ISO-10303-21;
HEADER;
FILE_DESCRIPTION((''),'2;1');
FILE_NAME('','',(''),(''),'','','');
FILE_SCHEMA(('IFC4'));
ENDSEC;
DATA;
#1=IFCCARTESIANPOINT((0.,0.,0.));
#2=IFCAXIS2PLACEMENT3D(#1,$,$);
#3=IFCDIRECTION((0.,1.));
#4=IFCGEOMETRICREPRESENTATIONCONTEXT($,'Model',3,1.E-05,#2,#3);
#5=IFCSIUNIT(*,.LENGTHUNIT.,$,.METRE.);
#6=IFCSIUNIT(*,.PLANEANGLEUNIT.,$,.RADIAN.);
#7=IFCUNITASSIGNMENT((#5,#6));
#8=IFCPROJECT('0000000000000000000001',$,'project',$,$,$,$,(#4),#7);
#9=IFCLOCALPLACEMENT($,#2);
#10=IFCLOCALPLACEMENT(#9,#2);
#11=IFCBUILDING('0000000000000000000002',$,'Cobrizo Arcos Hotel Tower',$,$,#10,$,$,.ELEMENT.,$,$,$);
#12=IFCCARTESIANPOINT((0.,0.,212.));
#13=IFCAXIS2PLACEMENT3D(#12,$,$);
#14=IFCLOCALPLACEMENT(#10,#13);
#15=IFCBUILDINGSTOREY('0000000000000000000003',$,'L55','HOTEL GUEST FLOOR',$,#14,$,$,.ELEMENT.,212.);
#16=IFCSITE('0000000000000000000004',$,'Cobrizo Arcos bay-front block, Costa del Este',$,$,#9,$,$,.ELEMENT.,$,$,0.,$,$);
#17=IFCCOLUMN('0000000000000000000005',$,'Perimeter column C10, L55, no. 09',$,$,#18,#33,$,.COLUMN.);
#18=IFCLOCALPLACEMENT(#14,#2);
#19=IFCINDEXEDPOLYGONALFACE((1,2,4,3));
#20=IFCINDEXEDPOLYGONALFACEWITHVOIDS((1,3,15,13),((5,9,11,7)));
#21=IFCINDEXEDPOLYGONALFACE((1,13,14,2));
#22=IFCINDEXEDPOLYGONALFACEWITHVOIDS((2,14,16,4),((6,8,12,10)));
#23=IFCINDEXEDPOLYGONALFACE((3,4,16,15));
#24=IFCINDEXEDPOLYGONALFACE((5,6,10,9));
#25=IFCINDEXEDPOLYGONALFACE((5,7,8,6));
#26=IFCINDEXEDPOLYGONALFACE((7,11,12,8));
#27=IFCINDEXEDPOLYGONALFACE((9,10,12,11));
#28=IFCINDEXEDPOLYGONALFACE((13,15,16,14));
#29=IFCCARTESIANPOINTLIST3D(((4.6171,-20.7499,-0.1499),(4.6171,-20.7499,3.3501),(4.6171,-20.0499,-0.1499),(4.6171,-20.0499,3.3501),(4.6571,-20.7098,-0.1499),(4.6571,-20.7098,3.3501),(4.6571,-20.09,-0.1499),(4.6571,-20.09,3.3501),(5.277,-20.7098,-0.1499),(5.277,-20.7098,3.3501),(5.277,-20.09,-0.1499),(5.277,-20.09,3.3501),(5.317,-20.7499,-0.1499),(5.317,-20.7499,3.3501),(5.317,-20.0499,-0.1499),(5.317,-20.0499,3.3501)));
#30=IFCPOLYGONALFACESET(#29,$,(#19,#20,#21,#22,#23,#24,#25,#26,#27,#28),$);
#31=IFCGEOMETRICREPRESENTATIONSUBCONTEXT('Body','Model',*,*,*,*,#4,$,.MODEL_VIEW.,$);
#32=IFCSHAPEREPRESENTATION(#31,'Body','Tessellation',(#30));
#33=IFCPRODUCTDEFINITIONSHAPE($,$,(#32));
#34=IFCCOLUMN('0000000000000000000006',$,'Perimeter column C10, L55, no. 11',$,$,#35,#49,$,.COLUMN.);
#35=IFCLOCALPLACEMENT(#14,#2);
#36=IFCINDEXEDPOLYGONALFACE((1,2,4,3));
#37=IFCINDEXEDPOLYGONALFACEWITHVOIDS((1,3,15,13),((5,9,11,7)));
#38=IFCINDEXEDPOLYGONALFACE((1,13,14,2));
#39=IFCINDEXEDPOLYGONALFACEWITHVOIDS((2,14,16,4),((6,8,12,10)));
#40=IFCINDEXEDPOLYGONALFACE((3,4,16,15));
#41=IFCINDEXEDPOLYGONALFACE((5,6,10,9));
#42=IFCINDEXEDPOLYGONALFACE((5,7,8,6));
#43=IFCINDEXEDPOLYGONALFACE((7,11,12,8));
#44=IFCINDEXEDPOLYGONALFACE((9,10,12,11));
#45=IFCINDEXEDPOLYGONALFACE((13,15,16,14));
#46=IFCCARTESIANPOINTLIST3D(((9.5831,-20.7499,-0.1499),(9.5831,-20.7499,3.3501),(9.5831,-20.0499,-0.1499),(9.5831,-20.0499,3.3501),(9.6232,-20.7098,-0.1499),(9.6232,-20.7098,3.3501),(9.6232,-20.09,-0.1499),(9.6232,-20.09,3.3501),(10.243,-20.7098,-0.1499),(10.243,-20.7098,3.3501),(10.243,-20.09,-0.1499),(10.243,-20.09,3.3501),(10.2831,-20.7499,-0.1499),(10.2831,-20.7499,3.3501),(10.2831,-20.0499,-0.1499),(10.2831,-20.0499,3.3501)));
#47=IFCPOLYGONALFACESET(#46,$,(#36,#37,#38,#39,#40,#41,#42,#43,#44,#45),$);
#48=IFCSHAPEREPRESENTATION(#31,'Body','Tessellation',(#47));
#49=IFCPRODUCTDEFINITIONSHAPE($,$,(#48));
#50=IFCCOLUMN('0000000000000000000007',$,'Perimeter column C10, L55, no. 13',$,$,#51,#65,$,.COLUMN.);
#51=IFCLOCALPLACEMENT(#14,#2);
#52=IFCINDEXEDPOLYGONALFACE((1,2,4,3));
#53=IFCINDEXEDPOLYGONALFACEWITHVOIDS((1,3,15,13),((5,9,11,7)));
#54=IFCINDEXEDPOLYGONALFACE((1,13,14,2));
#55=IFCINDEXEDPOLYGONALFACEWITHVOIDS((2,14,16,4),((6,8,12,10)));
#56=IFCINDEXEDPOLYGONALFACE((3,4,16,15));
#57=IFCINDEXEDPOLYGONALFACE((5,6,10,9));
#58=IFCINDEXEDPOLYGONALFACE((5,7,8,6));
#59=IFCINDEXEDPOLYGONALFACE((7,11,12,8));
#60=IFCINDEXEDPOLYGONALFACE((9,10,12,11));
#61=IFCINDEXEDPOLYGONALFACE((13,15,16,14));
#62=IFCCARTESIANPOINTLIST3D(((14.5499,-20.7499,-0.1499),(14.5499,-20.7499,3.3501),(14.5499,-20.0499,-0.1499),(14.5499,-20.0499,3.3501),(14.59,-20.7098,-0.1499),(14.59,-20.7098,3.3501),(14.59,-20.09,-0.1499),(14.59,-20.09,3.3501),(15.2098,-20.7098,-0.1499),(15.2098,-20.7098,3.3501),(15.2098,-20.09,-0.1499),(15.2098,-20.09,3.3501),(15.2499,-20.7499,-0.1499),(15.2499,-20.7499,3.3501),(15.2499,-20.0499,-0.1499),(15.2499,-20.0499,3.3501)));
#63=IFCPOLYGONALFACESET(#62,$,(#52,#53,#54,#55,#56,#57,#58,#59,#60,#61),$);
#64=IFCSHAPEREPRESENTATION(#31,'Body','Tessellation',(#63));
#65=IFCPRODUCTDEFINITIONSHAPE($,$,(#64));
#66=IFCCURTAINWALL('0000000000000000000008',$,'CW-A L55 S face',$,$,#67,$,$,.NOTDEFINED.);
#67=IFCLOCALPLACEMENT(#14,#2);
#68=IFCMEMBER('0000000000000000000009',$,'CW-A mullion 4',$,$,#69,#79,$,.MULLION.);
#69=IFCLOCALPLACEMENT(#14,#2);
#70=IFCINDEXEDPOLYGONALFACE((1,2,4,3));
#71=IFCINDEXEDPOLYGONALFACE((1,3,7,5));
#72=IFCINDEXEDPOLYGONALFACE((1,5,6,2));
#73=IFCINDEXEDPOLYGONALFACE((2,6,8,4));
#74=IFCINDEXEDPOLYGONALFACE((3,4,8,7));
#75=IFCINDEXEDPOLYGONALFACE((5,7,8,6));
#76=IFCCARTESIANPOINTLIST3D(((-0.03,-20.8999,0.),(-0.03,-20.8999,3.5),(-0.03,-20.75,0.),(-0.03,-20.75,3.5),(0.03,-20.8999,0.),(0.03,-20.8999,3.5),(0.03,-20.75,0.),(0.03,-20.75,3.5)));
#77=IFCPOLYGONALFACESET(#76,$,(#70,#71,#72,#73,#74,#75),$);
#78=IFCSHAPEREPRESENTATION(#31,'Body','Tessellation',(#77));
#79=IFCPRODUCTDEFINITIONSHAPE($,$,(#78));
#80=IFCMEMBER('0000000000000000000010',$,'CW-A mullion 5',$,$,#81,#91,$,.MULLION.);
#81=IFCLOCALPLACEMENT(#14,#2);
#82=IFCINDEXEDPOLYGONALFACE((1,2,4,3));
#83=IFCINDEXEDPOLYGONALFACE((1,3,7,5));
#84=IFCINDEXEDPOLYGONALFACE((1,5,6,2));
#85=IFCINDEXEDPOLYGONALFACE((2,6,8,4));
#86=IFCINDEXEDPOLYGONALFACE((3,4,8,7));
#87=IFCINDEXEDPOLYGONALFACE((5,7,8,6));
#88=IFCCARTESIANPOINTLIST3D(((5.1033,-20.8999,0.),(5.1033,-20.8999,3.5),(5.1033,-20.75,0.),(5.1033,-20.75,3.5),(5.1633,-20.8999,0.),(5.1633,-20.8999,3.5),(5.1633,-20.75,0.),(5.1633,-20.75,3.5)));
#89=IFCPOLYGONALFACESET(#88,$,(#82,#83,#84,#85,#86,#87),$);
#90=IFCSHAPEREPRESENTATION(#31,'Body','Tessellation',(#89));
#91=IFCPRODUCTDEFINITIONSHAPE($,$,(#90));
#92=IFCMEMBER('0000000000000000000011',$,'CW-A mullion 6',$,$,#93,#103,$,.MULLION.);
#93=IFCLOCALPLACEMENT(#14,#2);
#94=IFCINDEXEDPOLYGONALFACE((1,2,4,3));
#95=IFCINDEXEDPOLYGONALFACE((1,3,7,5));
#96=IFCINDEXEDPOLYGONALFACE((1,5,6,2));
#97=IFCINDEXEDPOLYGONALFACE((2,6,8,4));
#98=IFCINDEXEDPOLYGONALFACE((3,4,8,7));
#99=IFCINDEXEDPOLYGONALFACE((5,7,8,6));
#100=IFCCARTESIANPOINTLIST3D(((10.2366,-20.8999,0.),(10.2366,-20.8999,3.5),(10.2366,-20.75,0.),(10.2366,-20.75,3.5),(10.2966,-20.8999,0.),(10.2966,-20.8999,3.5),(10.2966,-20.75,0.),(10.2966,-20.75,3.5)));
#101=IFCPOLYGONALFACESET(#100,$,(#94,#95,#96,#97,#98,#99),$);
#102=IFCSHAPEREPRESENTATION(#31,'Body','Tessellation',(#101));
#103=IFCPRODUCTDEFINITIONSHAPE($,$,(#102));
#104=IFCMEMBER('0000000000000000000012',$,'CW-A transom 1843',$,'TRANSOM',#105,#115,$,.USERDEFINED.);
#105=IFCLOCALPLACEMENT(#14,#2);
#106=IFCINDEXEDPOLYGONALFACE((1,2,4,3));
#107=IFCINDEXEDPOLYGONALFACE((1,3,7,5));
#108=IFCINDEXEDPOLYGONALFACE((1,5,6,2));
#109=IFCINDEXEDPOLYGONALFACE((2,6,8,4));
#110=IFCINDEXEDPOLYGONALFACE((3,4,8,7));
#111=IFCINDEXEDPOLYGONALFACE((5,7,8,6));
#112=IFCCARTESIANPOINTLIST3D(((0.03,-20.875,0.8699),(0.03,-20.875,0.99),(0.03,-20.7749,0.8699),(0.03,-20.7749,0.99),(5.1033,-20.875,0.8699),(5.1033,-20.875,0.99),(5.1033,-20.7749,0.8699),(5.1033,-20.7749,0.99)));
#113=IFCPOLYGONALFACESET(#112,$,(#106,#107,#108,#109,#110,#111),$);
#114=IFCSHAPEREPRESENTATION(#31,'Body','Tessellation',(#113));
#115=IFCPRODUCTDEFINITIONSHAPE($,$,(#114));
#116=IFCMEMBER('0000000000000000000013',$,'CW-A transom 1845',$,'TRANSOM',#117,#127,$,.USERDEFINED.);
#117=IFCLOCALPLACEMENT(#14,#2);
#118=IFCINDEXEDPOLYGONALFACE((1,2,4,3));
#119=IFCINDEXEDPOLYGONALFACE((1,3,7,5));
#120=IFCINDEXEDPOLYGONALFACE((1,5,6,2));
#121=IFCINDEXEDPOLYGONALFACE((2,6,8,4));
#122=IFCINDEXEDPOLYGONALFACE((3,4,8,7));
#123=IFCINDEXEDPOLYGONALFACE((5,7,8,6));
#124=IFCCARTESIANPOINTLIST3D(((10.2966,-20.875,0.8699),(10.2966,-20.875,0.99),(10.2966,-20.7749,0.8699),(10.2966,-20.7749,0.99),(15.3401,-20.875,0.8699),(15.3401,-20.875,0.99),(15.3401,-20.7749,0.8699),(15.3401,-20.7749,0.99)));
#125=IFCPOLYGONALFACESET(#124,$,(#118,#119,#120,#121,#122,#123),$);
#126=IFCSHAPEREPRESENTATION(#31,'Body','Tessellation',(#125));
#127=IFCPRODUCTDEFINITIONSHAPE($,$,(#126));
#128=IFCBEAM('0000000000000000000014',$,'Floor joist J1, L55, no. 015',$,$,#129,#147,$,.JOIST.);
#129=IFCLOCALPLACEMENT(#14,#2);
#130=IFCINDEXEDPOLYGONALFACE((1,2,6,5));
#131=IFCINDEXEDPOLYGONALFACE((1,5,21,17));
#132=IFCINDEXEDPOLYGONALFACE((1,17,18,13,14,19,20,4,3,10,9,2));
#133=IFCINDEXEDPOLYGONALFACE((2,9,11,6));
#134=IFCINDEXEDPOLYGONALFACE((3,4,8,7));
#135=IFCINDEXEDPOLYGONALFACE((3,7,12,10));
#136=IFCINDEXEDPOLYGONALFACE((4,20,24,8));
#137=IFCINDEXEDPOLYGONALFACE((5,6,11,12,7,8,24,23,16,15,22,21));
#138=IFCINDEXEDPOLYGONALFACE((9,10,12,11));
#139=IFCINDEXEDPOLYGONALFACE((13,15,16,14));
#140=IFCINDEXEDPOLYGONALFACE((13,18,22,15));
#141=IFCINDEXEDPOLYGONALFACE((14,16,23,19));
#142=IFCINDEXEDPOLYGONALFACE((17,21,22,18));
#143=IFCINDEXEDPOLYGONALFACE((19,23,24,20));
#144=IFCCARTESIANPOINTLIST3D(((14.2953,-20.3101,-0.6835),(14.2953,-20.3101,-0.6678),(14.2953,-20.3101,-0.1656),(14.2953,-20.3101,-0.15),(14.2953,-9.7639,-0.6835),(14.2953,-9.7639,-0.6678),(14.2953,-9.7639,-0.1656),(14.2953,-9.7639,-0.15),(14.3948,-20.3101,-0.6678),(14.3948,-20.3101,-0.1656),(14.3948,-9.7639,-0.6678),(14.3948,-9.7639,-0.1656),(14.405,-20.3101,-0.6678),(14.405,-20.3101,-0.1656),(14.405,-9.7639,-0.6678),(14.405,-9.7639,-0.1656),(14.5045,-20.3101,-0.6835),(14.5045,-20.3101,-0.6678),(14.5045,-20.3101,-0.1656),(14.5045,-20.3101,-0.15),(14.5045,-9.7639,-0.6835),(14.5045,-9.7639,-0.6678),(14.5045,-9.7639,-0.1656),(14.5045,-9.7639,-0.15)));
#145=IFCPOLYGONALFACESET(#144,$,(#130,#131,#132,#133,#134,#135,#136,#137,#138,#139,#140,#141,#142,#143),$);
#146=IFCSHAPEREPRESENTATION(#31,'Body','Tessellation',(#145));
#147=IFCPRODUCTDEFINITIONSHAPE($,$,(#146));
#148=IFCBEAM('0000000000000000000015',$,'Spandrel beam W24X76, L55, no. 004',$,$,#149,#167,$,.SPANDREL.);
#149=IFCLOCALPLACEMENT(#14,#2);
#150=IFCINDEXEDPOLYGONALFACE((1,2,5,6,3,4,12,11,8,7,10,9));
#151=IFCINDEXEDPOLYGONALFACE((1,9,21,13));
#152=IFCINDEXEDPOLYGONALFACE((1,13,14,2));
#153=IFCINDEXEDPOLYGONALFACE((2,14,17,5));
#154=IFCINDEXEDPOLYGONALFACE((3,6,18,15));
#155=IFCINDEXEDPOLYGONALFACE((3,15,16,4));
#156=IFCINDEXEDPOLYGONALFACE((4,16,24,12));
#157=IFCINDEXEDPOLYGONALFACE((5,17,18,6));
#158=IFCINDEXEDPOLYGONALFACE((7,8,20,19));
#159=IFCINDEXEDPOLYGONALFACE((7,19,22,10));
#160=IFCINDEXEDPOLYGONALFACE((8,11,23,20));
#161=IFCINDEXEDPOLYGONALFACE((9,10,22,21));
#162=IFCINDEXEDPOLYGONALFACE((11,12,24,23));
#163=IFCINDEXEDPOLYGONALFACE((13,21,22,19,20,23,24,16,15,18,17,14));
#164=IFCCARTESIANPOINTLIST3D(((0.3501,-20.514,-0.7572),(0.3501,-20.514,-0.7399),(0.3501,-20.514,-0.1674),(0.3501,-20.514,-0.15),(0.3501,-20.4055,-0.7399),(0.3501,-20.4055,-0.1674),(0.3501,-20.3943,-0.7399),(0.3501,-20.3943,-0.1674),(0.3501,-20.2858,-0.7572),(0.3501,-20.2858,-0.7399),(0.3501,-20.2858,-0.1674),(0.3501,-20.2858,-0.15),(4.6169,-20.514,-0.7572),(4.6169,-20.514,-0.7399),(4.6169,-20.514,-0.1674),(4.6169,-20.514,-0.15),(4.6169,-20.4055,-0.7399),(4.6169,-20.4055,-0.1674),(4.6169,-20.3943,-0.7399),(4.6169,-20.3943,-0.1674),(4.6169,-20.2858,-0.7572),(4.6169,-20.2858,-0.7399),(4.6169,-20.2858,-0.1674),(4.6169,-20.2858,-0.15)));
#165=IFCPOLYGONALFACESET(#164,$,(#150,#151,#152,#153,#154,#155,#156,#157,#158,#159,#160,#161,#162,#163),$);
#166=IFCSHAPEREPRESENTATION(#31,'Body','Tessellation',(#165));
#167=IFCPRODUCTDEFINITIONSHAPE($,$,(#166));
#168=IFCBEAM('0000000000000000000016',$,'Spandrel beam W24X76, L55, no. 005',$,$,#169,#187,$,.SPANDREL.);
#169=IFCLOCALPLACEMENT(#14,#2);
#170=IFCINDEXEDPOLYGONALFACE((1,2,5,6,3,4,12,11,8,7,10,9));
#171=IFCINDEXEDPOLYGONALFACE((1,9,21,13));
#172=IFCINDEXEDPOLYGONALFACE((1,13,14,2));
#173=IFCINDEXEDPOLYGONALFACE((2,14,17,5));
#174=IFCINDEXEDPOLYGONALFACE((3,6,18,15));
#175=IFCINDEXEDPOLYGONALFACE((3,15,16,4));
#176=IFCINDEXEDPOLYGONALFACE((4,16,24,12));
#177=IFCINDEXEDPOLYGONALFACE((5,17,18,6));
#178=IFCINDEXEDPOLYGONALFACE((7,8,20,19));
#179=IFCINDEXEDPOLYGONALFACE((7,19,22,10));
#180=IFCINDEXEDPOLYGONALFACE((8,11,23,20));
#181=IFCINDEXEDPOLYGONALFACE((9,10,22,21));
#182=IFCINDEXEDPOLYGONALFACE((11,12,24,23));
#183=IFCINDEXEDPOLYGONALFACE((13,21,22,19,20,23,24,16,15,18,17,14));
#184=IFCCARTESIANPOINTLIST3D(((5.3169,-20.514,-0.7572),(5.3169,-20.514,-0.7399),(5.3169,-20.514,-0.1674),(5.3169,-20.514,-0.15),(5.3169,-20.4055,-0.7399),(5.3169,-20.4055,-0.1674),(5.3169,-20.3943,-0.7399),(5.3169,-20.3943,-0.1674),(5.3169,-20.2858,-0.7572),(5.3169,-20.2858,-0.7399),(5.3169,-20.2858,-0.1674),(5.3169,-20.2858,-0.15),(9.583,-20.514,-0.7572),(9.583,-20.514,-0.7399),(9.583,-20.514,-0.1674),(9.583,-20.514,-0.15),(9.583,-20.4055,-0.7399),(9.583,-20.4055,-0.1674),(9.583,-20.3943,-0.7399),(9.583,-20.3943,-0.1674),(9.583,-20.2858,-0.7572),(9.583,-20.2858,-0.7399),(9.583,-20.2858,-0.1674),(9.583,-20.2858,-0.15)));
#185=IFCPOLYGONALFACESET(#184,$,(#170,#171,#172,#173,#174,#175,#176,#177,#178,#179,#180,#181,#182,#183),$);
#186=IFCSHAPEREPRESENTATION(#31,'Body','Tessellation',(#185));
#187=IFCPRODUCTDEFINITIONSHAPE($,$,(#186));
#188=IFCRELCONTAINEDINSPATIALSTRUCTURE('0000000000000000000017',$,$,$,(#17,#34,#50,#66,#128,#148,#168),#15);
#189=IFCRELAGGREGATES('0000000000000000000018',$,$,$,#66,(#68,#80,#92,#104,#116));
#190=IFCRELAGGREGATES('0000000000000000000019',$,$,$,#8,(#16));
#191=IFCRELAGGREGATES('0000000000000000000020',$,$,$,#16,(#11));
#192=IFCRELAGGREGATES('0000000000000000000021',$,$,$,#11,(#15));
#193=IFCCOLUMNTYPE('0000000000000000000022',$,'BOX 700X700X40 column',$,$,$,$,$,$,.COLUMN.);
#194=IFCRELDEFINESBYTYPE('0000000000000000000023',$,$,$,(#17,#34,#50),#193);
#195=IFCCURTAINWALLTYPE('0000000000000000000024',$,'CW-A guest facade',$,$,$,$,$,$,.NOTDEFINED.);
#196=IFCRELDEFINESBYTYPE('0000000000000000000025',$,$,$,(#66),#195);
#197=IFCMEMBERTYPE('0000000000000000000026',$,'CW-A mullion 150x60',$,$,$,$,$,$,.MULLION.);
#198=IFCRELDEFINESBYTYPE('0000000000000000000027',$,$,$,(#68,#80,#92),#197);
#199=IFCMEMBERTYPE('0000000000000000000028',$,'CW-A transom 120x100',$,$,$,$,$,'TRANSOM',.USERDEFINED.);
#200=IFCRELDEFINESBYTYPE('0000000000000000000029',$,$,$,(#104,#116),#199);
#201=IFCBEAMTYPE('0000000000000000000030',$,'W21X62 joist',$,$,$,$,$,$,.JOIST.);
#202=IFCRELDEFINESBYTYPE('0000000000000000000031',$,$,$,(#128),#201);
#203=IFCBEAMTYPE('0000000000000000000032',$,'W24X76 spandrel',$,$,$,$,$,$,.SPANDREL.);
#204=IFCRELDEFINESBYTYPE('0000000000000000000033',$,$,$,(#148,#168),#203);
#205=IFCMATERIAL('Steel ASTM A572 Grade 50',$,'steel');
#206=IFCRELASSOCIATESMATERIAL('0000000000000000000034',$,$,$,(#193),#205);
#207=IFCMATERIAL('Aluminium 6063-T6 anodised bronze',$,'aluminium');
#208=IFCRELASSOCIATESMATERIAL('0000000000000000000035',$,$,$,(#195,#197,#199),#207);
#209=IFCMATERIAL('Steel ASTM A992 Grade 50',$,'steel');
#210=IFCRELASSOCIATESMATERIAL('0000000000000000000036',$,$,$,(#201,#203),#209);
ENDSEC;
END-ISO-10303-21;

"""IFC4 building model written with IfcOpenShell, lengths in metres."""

from ifc_helpers import new_model, si_unit, direction, frame, origin, origin_2d, place, context, subcontext, project, spatial, rectangle, hollow_rectangle, i_section, extrude, material, material_profile, profile_set, type_object, element, aggregate, save


model = new_model("IFC4")

# Units and contexts
model_context = context("Model", 3, precision=1e-05, world=origin(), true_north=direction((0.0, 1.0)))
body_context = subcontext(model_context, "Body", "Model", "MODEL_VIEW")
ifc_project = project(units=[si_unit("LENGTHUNIT", "METRE"), si_unit("PLANEANGLEUNIT", "RADIAN")], contexts=[model_context])

# Site, building, storey
site_placement = place(None, origin())
site = spatial("IfcSite", under=ifc_project, at=site_placement, Name="Cobrizo Arcos bay-front block, Costa del Este", CompositionType="ELEMENT", RefElevation=0.0)
building_placement = place(site_placement, origin())
building = spatial("IfcBuilding", under=site, at=building_placement, Name="Cobrizo Arcos Hotel Tower", CompositionType="ELEMENT")
storey_placement = place(building_placement, frame((0.0, 0.0, 212.0)))
storey = spatial("IfcBuildingStorey", under=building, at=storey_placement, Name="L55", Description="HOTEL GUEST FLOOR", CompositionType="ELEMENT", Elevation=212.0)

# Columns
ifc_material_1 = material(Name="Steel ASTM A572 Grade 50", Category="steel")
ifc_material_profile_1 = material_profile(ifc_material_1, hollow_rectangle(XDim=0.7, YDim=0.7, WallThickness=0.04, at=origin_2d()), Name="BOX 700X700X40")
ifc_profile_set_1 = profile_set([ifc_material_profile_1], Name="Steel ASTM A572 Grade 50")
column_type = type_object("IfcColumnType", Name="BOX 700X700X40 column", PredefinedType="COLUMN", material=ifc_profile_set_1)
for number, where, z_axis, x_axis, name in (
    (1, (4.967, -20.3999, -0.1499), (0.0, 0.0, 1.0), (1.0, 0.0, 0.0), "Perimeter column C10, L55, no. 09"),
    (2, (9.9331, -20.3999, -0.1499), (0.0, 0.0, 1.0), (1.0, 0.0, 0.0), "Perimeter column C10, L55, no. 11"),
    (3, (14.8999, -20.3999, -0.1499), (0.0, 0.0, 1.0), (1.0, 0.0, 0.0), "Perimeter column C10, L55, no. 13"),
):
    element("IfcColumn", number, at=place(storey_placement, frame(where, z_axis=z_axis, x_axis=x_axis)), inside=storey, type_object=column_type, Name=name, PredefinedType="COLUMN", context=body_context, shape_type="SweptSolid", body=[
        extrude(hollow_rectangle(XDim=0.7, YDim=0.7, WallThickness=0.04, at=origin_2d()), origin(), (0.0, 0.0, 1.0), 3.5),
    ])

# Curtain wall, members
ifc_material_2 = material(Name="Aluminium 6063-T6 anodised bronze", Category="aluminium")
curtain_wall_type = type_object("IfcCurtainWallType", Name="CW-A guest facade", PredefinedType="NOTDEFINED", material=ifc_material_2)
curtain_wall_placement = place(storey_placement, origin())
curtain_wall = element("IfcCurtainWall", 4, at=curtain_wall_placement, inside=storey, type_object=curtain_wall_type, Name="CW-A L55 S face", PredefinedType="NOTDEFINED")
ifc_material_profile_2 = material_profile(ifc_material_2, rectangle(XDim=0.1499, YDim=0.0601, at=origin_2d()), Name="CW-A mullion 150x60")
ifc_profile_set_2 = profile_set([ifc_material_profile_2], Name="Aluminium 6063-T6 anodised bronze")
member_type_1 = type_object("IfcMemberType", Name="CW-A mullion 150x60", PredefinedType="MULLION", material=ifc_profile_set_2)
member_1_placement = place(storey_placement, frame((0.0, -20.825, 0.0), z_axis=(0.0, 0.0, 1.0), x_axis=(0.0, -1.0, 0.0)))
member_1 = element("IfcMember", 5, at=member_1_placement, type_object=member_type_1, Name="CW-A mullion 4", PredefinedType="MULLION", context=body_context, shape_type="SweptSolid", body=[
    extrude(rectangle(XDim=0.1499, YDim=0.0601, at=origin_2d()), origin(), (0.0, 0.0, 1.0), 3.5),
])
member_2_placement = place(storey_placement, frame((5.1333, -20.825, 0.0), z_axis=(0.0, 0.0, 1.0), x_axis=(0.0, -1.0, 0.0)))
member_2 = element("IfcMember", 6, at=member_2_placement, type_object=member_type_1, Name="CW-A mullion 5", PredefinedType="MULLION", context=body_context, shape_type="SweptSolid", body=[
    extrude(rectangle(XDim=0.1499, YDim=0.0601, at=origin_2d()), origin(), (0.0, 0.0, 1.0), 3.5),
])
member_3_placement = place(storey_placement, frame((10.2666, -20.825, 0.0), z_axis=(0.0, 0.0, 1.0), x_axis=(0.0, -1.0, 0.0)))
member_3 = element("IfcMember", 7, at=member_3_placement, type_object=member_type_1, Name="CW-A mullion 6", PredefinedType="MULLION", context=body_context, shape_type="SweptSolid", body=[
    extrude(rectangle(XDim=0.1499, YDim=0.0601, at=origin_2d()), origin(), (0.0, 0.0, 1.0), 3.5),
])
ifc_material_profile_3 = material_profile(ifc_material_2, rectangle(XDim=0.1001, YDim=0.1201, at=origin_2d()), Name="CW-A transom 120x100")
ifc_profile_set_3 = profile_set([ifc_material_profile_3], Name="Aluminium 6063-T6 anodised bronze")
member_type_2 = type_object("IfcMemberType", Name="CW-A transom 120x100", ElementType="TRANSOM", PredefinedType="USERDEFINED", material=ifc_profile_set_3)
member_4_placement = place(storey_placement, frame((0.03, -20.825, 0.9299), z_axis=(1.0, 0.0, 0.0), x_axis=(0.0, 1.0, 0.0)))
member_4 = element("IfcMember", 8, at=member_4_placement, type_object=member_type_2, Name="CW-A transom 1843", ObjectType="TRANSOM", PredefinedType="USERDEFINED", context=body_context, shape_type="SweptSolid", body=[
    extrude(rectangle(XDim=0.1001, YDim=0.1201, at=origin_2d()), origin(), (0.0, 0.0, 1.0), 5.0732),
])
member_5_placement = place(storey_placement, frame((10.2966, -20.825, 0.9299), z_axis=(1.0, 0.0, 0.0), x_axis=(0.0, 1.0, 0.0)))
member_5 = element("IfcMember", 9, at=member_5_placement, type_object=member_type_2, Name="CW-A transom 1845", ObjectType="TRANSOM", PredefinedType="USERDEFINED", context=body_context, shape_type="SweptSolid", body=[
    extrude(rectangle(XDim=0.1001, YDim=0.1201, at=origin_2d()), origin(), (0.0, 0.0, 1.0), 5.0435),
])

# Beams
ifc_material_3 = material(Name="Steel ASTM A992 Grade 50", Category="steel")
ifc_material_profile_4 = material_profile(ifc_material_3, i_section(OverallWidth=0.2092, OverallDepth=0.5334, WebThickness=0.0103, FlangeThickness=0.0156, at=origin_2d()), Name="W21X62")
ifc_profile_set_4 = profile_set([ifc_material_profile_4], Name="Steel ASTM A992 Grade 50")
beam_type_1 = type_object("IfcBeamType", Name="W21X62 joist", PredefinedType="JOIST", material=ifc_profile_set_4)
beam_1_placement = place(storey_placement, frame((14.3999, -20.3101, -0.4167), z_axis=(0.0, 1.0, 0.0), x_axis=(-1.0, 0.0, 0.0)))
element("IfcBeam", 10, at=beam_1_placement, inside=storey, type_object=beam_type_1, Name="Floor joist J1, L55, no. 015", PredefinedType="JOIST", context=body_context, shape_type="SweptSolid", body=[
    extrude(i_section(OverallWidth=0.2092, OverallDepth=0.5334, WebThickness=0.0103, FlangeThickness=0.0156, at=origin_2d()), origin(), (0.0, 0.0, 1.0), 10.5461),
])
ifc_material_profile_5 = material_profile(ifc_material_3, i_section(OverallWidth=0.2283, OverallDepth=0.6072, WebThickness=0.0112, FlangeThickness=0.0173, at=origin_2d()), Name="W24X76")
ifc_profile_set_5 = profile_set([ifc_material_profile_5], Name="Steel ASTM A992 Grade 50")
beam_type_2 = type_object("IfcBeamType", Name="W24X76 spandrel", PredefinedType="SPANDREL", material=ifc_profile_set_5)
beam_2_placement = place(storey_placement, frame((0.3501, -20.3999, -0.4536), z_axis=(1.0, 0.0, 0.0), x_axis=(0.0, 1.0, 0.0)))
element("IfcBeam", 11, at=beam_2_placement, inside=storey, type_object=beam_type_2, Name="Spandrel beam W24X76, L55, no. 004", PredefinedType="SPANDREL", context=body_context, shape_type="SweptSolid", body=[
    extrude(i_section(OverallWidth=0.2283, OverallDepth=0.6072, WebThickness=0.0112, FlangeThickness=0.0173, at=origin_2d()), origin(), (0.0, 0.0, 1.0), 4.2668),
])
beam_3_placement = place(storey_placement, frame((5.3169, -20.3999, -0.4536), z_axis=(1.0, 0.0, 0.0), x_axis=(0.0, 1.0, 0.0)))
element("IfcBeam", 12, at=beam_3_placement, inside=storey, type_object=beam_type_2, Name="Spandrel beam W24X76, L55, no. 005", PredefinedType="SPANDREL", context=body_context, shape_type="SweptSolid", body=[
    extrude(i_section(OverallWidth=0.2283, OverallDepth=0.6072, WebThickness=0.0112, FlangeThickness=0.0173, at=origin_2d()), origin(), (0.0, 0.0, 1.0), 4.2661),
])

aggregate(curtain_wall, [member_1, member_2, member_3, member_4, member_5])

save(model, "model.ifc")
